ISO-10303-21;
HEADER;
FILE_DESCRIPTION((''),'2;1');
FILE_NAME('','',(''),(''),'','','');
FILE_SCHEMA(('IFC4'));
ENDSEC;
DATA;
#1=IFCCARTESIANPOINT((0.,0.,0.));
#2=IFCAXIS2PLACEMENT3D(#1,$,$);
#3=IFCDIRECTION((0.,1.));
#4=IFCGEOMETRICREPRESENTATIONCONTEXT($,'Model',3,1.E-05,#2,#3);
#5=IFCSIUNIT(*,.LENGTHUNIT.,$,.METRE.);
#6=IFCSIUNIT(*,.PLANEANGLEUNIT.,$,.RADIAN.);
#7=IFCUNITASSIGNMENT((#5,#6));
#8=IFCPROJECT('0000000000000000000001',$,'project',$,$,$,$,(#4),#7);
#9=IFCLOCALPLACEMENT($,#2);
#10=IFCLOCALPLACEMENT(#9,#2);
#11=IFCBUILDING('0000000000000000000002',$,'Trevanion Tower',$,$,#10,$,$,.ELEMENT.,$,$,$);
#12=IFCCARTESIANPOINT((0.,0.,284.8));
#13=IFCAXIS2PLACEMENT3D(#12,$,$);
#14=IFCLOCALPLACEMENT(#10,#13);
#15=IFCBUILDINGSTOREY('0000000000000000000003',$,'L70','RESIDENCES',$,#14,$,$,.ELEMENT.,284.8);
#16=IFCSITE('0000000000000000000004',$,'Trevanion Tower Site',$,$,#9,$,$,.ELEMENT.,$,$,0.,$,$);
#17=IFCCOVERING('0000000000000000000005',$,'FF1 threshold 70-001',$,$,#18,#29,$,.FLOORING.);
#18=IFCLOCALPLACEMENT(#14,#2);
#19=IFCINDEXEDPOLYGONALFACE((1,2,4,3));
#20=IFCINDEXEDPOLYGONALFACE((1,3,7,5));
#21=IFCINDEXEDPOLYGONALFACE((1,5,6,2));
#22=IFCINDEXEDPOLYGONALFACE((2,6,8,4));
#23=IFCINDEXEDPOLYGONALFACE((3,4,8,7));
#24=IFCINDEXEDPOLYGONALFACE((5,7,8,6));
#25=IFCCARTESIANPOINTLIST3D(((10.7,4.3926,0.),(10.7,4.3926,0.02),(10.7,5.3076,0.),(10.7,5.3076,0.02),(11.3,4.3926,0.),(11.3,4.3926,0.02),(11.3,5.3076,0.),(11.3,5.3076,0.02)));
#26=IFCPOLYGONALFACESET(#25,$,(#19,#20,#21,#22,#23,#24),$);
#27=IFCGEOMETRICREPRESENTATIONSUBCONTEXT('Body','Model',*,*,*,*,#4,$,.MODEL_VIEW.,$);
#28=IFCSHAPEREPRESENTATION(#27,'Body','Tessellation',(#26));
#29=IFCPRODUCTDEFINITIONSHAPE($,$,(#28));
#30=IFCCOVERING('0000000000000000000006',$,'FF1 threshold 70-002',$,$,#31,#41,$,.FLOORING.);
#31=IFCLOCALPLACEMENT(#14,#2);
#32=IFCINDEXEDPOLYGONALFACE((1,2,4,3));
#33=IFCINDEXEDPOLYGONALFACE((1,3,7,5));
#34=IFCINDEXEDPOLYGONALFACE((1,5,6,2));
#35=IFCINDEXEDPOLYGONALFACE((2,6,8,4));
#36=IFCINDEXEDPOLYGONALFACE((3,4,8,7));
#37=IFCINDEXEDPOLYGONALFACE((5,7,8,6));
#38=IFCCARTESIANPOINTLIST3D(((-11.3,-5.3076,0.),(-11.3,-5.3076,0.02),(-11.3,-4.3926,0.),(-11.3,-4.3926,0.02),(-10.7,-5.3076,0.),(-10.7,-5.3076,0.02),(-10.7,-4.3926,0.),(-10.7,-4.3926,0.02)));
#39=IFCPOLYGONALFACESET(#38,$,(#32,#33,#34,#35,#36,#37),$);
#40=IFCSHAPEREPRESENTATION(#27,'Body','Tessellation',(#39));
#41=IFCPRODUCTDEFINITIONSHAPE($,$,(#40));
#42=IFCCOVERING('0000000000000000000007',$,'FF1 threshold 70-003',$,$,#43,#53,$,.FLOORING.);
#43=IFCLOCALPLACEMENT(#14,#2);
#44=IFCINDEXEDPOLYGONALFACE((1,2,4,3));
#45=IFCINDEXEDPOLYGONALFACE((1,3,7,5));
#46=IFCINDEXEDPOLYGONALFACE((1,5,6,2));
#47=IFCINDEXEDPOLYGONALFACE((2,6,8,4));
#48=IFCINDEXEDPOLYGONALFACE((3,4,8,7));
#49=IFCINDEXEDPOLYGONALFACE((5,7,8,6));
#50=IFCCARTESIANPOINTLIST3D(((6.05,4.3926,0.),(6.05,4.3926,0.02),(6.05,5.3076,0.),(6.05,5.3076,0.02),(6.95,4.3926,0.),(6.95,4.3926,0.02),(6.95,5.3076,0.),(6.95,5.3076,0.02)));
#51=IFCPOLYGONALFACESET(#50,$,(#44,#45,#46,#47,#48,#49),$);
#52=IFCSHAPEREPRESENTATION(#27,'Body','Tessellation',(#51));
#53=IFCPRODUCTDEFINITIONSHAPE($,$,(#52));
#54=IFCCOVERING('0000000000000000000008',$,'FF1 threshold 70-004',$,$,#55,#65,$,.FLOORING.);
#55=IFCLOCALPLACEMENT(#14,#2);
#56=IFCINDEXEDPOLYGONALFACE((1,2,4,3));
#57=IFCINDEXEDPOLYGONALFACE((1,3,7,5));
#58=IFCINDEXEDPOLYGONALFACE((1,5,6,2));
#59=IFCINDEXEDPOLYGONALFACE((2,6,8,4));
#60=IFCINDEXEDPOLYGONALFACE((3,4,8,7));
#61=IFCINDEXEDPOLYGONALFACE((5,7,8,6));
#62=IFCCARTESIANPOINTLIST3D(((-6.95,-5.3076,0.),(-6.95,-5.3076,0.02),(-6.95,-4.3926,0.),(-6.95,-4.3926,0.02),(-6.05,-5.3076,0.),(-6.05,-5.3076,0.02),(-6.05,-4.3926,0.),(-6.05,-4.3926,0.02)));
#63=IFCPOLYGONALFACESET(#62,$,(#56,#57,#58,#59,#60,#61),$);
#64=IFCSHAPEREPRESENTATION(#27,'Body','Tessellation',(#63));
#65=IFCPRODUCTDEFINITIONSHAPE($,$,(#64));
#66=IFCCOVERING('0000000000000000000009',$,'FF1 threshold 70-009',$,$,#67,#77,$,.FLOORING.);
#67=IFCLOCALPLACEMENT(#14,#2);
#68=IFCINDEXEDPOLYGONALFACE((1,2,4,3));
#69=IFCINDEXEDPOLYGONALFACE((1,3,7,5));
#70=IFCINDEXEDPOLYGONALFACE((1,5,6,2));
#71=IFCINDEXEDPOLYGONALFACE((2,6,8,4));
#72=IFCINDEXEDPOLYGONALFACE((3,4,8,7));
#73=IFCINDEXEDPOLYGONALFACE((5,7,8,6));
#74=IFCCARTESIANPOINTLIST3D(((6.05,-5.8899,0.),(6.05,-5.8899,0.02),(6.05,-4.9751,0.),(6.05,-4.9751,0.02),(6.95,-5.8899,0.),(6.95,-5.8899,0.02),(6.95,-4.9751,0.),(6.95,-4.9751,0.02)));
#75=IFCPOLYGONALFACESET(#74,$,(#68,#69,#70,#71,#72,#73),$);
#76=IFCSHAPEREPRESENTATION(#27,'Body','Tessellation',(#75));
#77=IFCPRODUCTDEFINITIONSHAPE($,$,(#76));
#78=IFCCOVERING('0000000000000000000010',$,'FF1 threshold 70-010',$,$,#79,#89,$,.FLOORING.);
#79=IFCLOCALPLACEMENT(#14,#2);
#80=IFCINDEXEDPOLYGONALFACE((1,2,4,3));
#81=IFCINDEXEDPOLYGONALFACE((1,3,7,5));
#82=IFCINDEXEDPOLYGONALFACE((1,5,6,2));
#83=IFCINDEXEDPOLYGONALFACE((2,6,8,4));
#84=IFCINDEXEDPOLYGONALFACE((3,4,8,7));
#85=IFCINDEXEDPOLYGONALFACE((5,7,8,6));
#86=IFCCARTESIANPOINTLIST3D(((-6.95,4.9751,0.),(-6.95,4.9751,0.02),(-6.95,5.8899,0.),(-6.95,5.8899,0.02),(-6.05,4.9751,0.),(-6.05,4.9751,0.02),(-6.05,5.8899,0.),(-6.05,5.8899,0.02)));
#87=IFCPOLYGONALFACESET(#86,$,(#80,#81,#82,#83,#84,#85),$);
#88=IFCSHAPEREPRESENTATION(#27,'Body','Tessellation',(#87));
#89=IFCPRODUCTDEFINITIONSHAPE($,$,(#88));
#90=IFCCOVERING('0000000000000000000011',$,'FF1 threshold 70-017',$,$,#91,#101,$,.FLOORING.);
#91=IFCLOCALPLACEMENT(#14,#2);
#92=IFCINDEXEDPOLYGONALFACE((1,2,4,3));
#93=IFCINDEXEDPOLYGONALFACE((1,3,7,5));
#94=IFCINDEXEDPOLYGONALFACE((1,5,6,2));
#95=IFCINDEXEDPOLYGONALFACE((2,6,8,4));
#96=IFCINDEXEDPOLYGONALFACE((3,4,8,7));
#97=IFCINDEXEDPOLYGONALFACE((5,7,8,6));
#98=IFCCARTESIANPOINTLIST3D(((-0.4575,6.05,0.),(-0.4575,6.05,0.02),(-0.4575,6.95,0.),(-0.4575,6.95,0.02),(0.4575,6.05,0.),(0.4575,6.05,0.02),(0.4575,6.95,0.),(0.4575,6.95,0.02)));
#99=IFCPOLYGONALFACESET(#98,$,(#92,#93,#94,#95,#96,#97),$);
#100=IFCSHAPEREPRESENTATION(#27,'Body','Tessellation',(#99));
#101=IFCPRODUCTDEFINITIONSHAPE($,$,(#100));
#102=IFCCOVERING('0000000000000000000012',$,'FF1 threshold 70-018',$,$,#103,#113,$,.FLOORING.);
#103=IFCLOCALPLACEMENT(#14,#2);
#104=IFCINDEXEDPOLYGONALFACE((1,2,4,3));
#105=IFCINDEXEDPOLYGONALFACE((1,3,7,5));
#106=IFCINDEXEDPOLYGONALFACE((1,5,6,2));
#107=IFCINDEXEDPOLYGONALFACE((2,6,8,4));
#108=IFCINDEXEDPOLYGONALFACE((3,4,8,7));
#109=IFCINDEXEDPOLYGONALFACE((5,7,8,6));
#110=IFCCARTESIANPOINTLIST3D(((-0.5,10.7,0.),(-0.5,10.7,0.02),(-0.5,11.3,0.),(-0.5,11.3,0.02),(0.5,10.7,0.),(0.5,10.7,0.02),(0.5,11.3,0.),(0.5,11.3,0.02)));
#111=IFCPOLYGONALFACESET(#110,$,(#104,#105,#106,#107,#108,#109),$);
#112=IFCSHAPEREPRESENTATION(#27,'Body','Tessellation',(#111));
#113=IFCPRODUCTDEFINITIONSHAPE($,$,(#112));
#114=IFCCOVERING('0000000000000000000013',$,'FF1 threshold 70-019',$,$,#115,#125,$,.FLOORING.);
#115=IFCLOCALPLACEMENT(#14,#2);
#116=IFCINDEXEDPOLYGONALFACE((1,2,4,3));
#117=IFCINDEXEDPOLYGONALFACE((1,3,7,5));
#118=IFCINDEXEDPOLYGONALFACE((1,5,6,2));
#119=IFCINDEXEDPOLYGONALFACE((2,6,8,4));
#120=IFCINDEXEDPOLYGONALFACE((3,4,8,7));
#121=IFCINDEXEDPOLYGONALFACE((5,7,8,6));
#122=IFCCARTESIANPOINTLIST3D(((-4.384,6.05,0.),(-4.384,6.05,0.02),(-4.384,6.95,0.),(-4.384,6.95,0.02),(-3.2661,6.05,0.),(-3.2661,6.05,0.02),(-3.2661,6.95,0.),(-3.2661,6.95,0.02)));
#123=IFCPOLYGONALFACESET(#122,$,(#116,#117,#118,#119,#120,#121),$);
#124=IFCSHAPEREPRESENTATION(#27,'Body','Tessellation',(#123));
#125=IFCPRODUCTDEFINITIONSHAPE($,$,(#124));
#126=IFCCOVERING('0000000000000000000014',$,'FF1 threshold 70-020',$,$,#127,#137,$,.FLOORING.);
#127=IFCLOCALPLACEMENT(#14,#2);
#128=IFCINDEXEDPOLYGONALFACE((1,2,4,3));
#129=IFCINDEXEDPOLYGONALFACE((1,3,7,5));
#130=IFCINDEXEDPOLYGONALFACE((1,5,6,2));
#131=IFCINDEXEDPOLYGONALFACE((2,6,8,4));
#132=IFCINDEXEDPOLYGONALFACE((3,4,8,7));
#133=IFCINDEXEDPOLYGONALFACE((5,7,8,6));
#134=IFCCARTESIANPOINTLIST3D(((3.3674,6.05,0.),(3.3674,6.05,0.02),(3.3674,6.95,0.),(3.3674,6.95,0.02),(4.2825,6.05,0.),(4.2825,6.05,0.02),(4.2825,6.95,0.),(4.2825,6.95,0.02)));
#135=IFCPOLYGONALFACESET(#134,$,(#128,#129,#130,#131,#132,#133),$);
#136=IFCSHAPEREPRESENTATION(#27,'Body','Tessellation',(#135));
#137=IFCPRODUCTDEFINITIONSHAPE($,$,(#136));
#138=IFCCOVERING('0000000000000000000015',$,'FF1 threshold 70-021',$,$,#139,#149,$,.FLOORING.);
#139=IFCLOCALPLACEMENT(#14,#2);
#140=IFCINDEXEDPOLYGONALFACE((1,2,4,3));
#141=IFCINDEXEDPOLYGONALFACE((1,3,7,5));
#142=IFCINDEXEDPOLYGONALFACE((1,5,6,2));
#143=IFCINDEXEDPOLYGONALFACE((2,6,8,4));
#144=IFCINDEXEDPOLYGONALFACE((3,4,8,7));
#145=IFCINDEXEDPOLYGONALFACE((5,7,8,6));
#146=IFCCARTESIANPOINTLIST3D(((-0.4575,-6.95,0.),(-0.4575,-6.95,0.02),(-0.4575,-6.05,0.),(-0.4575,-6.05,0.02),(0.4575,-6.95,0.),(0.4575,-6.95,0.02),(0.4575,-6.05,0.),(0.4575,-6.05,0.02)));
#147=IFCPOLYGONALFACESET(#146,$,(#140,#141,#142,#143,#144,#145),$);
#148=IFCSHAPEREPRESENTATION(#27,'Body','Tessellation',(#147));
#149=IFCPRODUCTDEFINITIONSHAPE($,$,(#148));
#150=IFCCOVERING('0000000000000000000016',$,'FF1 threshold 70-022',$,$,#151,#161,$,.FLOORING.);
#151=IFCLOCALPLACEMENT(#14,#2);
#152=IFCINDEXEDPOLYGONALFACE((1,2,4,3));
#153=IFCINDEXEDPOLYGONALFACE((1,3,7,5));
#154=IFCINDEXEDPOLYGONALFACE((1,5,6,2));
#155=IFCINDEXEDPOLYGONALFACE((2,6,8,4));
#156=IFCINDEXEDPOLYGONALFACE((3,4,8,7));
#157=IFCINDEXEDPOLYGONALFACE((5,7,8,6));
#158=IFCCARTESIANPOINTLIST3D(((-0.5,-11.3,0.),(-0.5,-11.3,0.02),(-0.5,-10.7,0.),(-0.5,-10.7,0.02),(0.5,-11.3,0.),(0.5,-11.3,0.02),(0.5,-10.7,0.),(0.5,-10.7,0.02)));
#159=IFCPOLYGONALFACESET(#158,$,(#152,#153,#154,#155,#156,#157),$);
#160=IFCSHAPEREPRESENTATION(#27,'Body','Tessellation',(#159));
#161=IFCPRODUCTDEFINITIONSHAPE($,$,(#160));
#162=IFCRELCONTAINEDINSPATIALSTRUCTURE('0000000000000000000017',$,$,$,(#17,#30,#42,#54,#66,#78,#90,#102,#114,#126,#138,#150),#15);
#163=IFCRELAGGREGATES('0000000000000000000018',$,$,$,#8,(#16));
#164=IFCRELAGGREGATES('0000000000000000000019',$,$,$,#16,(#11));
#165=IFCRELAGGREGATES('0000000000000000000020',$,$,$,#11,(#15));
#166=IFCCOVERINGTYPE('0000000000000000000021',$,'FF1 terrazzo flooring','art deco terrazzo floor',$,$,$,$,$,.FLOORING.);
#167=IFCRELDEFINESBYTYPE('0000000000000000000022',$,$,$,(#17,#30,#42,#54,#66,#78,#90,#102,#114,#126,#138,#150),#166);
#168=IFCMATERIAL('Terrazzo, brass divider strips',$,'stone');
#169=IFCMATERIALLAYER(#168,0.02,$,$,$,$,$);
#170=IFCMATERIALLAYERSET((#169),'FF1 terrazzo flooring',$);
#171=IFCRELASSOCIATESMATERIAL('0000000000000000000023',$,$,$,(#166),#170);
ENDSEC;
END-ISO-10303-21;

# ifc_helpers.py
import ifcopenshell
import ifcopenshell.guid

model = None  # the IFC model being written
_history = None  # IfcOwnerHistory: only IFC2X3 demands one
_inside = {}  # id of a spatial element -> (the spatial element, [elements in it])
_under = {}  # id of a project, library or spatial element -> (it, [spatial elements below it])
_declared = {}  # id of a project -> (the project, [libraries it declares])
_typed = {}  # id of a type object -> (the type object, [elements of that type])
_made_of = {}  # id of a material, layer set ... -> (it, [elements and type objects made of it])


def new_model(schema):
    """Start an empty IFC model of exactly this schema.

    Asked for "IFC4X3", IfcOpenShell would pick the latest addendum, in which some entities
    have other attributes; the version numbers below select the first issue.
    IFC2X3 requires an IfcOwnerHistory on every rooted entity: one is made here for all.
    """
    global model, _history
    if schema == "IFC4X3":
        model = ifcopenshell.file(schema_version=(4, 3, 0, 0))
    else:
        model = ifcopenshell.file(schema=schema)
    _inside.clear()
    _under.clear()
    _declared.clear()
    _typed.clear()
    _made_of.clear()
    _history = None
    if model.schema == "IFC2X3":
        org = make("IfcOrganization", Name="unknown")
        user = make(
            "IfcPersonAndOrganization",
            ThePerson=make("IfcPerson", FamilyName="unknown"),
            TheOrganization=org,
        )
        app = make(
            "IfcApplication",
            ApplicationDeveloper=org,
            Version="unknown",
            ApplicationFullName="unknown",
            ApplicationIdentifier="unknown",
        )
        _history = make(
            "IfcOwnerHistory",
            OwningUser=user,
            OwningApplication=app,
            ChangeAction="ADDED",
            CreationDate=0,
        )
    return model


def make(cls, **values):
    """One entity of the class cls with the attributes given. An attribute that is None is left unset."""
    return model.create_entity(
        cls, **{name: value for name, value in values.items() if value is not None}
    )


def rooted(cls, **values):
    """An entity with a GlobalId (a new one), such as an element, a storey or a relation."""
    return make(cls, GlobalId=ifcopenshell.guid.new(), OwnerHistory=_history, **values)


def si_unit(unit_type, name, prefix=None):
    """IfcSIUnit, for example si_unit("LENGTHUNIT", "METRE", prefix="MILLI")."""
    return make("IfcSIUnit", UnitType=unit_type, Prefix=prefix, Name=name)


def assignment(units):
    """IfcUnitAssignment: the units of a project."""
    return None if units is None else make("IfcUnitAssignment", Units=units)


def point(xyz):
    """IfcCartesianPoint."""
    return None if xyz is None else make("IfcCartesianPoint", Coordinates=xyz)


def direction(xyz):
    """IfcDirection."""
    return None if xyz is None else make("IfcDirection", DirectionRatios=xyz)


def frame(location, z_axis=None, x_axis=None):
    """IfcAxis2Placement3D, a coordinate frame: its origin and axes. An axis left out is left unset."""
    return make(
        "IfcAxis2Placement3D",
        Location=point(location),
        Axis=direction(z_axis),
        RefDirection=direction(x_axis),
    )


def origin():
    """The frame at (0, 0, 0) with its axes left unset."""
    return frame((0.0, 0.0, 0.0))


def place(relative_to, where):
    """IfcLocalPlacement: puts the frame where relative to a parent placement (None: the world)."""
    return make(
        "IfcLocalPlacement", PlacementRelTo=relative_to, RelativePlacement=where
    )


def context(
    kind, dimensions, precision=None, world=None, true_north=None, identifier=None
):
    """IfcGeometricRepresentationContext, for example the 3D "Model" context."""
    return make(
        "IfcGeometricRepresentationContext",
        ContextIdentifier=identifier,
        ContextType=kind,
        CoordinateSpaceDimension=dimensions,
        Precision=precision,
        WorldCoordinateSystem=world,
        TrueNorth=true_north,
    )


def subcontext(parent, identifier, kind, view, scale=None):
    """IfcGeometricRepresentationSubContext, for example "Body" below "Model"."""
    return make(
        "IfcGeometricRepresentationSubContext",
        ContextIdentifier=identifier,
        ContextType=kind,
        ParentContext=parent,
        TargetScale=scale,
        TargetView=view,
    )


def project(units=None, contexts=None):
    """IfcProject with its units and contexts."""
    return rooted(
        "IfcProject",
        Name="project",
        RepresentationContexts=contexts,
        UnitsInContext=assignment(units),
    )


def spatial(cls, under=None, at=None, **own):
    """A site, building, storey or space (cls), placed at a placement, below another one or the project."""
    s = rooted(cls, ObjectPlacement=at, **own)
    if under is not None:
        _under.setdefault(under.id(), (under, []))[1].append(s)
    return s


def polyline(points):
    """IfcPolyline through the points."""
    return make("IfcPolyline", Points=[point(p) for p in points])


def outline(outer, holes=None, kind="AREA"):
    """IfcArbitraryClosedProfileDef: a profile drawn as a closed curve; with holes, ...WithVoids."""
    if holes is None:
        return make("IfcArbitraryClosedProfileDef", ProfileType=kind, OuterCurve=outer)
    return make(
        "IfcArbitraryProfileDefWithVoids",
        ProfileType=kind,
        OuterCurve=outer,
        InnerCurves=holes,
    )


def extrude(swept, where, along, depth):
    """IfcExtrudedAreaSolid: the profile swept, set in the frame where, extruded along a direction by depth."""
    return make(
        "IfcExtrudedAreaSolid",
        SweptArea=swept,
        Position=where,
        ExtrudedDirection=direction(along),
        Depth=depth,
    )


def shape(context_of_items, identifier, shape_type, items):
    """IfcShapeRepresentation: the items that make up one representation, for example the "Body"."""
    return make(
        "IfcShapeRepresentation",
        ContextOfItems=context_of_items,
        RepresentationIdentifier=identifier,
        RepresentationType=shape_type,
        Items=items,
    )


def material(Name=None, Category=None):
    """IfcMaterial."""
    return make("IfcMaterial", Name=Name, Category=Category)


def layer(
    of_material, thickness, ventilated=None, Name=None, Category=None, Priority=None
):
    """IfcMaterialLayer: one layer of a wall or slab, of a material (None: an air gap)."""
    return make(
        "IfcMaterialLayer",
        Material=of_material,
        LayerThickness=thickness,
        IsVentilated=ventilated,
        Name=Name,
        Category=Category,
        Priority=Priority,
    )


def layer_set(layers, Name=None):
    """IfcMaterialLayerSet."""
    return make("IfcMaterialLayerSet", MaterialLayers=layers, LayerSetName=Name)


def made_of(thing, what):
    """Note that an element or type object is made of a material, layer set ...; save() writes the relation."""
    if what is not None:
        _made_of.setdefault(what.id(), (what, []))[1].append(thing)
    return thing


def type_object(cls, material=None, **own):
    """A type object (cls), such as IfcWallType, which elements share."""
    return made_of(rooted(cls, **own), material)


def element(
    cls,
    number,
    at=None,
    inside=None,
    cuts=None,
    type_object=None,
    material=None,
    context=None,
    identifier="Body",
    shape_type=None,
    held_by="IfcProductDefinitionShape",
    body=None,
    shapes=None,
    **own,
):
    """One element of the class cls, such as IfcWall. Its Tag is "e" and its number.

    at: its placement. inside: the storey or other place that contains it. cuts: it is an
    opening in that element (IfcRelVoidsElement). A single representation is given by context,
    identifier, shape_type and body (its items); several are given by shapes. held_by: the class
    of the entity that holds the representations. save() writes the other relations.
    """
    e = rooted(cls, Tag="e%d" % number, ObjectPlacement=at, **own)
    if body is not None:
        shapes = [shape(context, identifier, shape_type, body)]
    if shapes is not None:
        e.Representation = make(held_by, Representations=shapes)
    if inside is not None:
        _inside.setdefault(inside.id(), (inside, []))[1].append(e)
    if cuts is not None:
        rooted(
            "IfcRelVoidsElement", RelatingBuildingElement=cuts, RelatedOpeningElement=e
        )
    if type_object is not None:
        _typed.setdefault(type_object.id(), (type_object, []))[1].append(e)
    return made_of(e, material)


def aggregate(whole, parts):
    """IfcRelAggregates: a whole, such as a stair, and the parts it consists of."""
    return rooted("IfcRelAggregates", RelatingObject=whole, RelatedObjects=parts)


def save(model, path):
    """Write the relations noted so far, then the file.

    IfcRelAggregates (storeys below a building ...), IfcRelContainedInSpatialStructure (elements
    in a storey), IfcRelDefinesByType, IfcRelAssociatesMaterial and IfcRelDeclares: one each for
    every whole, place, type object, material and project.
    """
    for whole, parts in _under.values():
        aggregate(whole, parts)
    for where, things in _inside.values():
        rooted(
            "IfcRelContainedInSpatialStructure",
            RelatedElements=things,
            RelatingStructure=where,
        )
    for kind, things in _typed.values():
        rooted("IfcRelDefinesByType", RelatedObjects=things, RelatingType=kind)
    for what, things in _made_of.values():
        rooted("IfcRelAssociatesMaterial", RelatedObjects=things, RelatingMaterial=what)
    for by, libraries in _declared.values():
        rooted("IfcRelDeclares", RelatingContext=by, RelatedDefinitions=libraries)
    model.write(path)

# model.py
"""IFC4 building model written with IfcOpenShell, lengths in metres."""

from ifc_helpers import new_model, si_unit, direction, frame, origin, place, context, subcontext, project, spatial, polyline, outline, extrude, material, layer, layer_set, type_object, element, save


model = new_model("IFC4")

# Units and contexts
model_context = context("Model", 3, precision=1e-05, world=origin(), true_north=direction((0.0, 1.0)))
body_context = subcontext(model_context, "Body", "Model", "MODEL_VIEW")
ifc_project = project(units=[si_unit("LENGTHUNIT", "METRE"), si_unit("PLANEANGLEUNIT", "RADIAN")], contexts=[model_context])

# Site, building, storey
site_placement = place(None, origin())
site = spatial("IfcSite", under=ifc_project, at=site_placement, Name="Trevanion Tower Site", CompositionType="ELEMENT", RefElevation=0.0)
building_placement = place(site_placement, origin())
building = spatial("IfcBuilding", under=site, at=building_placement, Name="Trevanion Tower", CompositionType="ELEMENT")
storey_placement = place(building_placement, frame((0.0, 0.0, 284.8)))
storey = spatial("IfcBuildingStorey", under=building, at=storey_placement, Name="L70", Description="RESIDENCES", CompositionType="ELEMENT", Elevation=284.8)

# Coverings
ifc_material_1 = material(Name="Terrazzo, brass divider strips", Category="stone")
ifc_layer_1 = layer(ifc_material_1, 0.02)
ifc_layer_set_1 = layer_set([ifc_layer_1], Name="FF1 terrazzo flooring")
covering_type = type_object("IfcCoveringType", Name="FF1 terrazzo flooring", Description="art deco terrazzo floor", PredefinedType="FLOORING", material=ifc_layer_set_1)
covering_1_placement = place(storey_placement, origin())
element("IfcCovering", 1, at=covering_1_placement, inside=storey, type_object=covering_type, Name="FF1 threshold 70-001", PredefinedType="FLOORING", context=body_context, shape_type="SweptSolid", body=[
    extrude(outline(polyline([(11.3, 4.3926), (11.3, 5.3076), (10.7, 5.3076), (10.7, 4.3926), (11.3, 4.3926)])), origin(), (0.0, 0.0, 1.0), 0.02),
])
covering_2_placement = place(storey_placement, origin())
element("IfcCovering", 2, at=covering_2_placement, inside=storey, type_object=covering_type, Name="FF1 threshold 70-002", PredefinedType="FLOORING", context=body_context, shape_type="SweptSolid", body=[
    extrude(outline(polyline([(-11.3, -4.3926), (-11.3, -5.3076), (-10.7, -5.3076), (-10.7, -4.3926), (-11.3, -4.3926)])), origin(), (0.0, 0.0, 1.0), 0.02),
])
covering_3_placement = place(storey_placement, origin())
element("IfcCovering", 3, at=covering_3_placement, inside=storey, type_object=covering_type, Name="FF1 threshold 70-003", PredefinedType="FLOORING", context=body_context, shape_type="SweptSolid", body=[
    extrude(outline(polyline([(6.95, 4.3926), (6.95, 5.3076), (6.05, 5.3076), (6.05, 4.3926), (6.95, 4.3926)])), origin(), (0.0, 0.0, 1.0), 0.02),
])
covering_4_placement = place(storey_placement, origin())
element("IfcCovering", 4, at=covering_4_placement, inside=storey, type_object=covering_type, Name="FF1 threshold 70-004", PredefinedType="FLOORING", context=body_context, shape_type="SweptSolid", body=[
    extrude(outline(polyline([(-6.95, -4.3926), (-6.95, -5.3076), (-6.05, -5.3076), (-6.05, -4.3926), (-6.95, -4.3926)])), origin(), (0.0, 0.0, 1.0), 0.02),
])
covering_5_placement = place(storey_placement, origin())
element("IfcCovering", 5, at=covering_5_placement, inside=storey, type_object=covering_type, Name="FF1 threshold 70-009", PredefinedType="FLOORING", context=body_context, shape_type="SweptSolid", body=[
    extrude(outline(polyline([(6.95, -5.8899), (6.95, -4.9751), (6.05, -4.9751), (6.05, -5.8899), (6.95, -5.8899)])), origin(), (0.0, 0.0, 1.0), 0.02),
])
covering_6_placement = place(storey_placement, origin())
element("IfcCovering", 6, at=covering_6_placement, inside=storey, type_object=covering_type, Name="FF1 threshold 70-010", PredefinedType="FLOORING", context=body_context, shape_type="SweptSolid", body=[
    extrude(outline(polyline([(-6.95, 5.8899), (-6.95, 4.9751), (-6.05, 4.9751), (-6.05, 5.8899), (-6.95, 5.8899)])), origin(), (0.0, 0.0, 1.0), 0.02),
])
covering_7_placement = place(storey_placement, origin())
element("IfcCovering", 7, at=covering_7_placement, inside=storey, type_object=covering_type, Name="FF1 threshold 70-017", PredefinedType="FLOORING", context=body_context, shape_type="SweptSolid", body=[
    extrude(outline(polyline([(0.4575, 6.95), (-0.4575, 6.95), (-0.4575, 6.05), (0.4575, 6.05), (0.4575, 6.95)])), origin(), (0.0, 0.0, 1.0), 0.02),
])
covering_8_placement = place(storey_placement, origin())
element("IfcCovering", 8, at=covering_8_placement, inside=storey, type_object=covering_type, Name="FF1 threshold 70-018", PredefinedType="FLOORING", context=body_context, shape_type="SweptSolid", body=[
    extrude(outline(polyline([(0.5, 11.3), (-0.5, 11.3), (-0.5, 10.7), (0.5, 10.7), (0.5, 11.3)])), origin(), (0.0, 0.0, 1.0), 0.02),
])
covering_9_placement = place(storey_placement, origin())
element("IfcCovering", 9, at=covering_9_placement, inside=storey, type_object=covering_type, Name="FF1 threshold 70-019", PredefinedType="FLOORING", context=body_context, shape_type="SweptSolid", body=[
    extrude(outline(polyline([(-3.2661, 6.95), (-4.384, 6.95), (-4.384, 6.05), (-3.2661, 6.05), (-3.2661, 6.95)])), origin(), (0.0, 0.0, 1.0), 0.02),
])
covering_10_placement = place(storey_placement, origin())
element("IfcCovering", 10, at=covering_10_placement, inside=storey, type_object=covering_type, Name="FF1 threshold 70-020", PredefinedType="FLOORING", context=body_context, shape_type="SweptSolid", body=[
    extrude(outline(polyline([(4.2825, 6.95), (3.3674, 6.95), (3.3674, 6.05), (4.2825, 6.05), (4.2825, 6.95)])), origin(), (0.0, 0.0, 1.0), 0.02),
])
covering_11_placement = place(storey_placement, origin())
element("IfcCovering", 11, at=covering_11_placement, inside=storey, type_object=covering_type, Name="FF1 threshold 70-021", PredefinedType="FLOORING", context=body_context, shape_type="SweptSolid", body=[
    extrude(outline(polyline([(-0.4575, -6.95), (0.4575, -6.95), (0.4575, -6.05), (-0.4575, -6.05), (-0.4575, -6.95)])), origin(), (0.0, 0.0, 1.0), 0.02),
])
covering_12_placement = place(storey_placement, origin())
element("IfcCovering", 12, at=covering_12_placement, inside=storey, type_object=covering_type, Name="FF1 threshold 70-022", PredefinedType="FLOORING", context=body_context, shape_type="SweptSolid", body=[
    extrude(outline(polyline([(-0.5, -11.3), (0.5, -11.3), (0.5, -10.7), (-0.5, -10.7), (-0.5, -11.3)])), origin(), (0.0, 0.0, 1.0), 0.02),
])

save(model, "model.ifc")
